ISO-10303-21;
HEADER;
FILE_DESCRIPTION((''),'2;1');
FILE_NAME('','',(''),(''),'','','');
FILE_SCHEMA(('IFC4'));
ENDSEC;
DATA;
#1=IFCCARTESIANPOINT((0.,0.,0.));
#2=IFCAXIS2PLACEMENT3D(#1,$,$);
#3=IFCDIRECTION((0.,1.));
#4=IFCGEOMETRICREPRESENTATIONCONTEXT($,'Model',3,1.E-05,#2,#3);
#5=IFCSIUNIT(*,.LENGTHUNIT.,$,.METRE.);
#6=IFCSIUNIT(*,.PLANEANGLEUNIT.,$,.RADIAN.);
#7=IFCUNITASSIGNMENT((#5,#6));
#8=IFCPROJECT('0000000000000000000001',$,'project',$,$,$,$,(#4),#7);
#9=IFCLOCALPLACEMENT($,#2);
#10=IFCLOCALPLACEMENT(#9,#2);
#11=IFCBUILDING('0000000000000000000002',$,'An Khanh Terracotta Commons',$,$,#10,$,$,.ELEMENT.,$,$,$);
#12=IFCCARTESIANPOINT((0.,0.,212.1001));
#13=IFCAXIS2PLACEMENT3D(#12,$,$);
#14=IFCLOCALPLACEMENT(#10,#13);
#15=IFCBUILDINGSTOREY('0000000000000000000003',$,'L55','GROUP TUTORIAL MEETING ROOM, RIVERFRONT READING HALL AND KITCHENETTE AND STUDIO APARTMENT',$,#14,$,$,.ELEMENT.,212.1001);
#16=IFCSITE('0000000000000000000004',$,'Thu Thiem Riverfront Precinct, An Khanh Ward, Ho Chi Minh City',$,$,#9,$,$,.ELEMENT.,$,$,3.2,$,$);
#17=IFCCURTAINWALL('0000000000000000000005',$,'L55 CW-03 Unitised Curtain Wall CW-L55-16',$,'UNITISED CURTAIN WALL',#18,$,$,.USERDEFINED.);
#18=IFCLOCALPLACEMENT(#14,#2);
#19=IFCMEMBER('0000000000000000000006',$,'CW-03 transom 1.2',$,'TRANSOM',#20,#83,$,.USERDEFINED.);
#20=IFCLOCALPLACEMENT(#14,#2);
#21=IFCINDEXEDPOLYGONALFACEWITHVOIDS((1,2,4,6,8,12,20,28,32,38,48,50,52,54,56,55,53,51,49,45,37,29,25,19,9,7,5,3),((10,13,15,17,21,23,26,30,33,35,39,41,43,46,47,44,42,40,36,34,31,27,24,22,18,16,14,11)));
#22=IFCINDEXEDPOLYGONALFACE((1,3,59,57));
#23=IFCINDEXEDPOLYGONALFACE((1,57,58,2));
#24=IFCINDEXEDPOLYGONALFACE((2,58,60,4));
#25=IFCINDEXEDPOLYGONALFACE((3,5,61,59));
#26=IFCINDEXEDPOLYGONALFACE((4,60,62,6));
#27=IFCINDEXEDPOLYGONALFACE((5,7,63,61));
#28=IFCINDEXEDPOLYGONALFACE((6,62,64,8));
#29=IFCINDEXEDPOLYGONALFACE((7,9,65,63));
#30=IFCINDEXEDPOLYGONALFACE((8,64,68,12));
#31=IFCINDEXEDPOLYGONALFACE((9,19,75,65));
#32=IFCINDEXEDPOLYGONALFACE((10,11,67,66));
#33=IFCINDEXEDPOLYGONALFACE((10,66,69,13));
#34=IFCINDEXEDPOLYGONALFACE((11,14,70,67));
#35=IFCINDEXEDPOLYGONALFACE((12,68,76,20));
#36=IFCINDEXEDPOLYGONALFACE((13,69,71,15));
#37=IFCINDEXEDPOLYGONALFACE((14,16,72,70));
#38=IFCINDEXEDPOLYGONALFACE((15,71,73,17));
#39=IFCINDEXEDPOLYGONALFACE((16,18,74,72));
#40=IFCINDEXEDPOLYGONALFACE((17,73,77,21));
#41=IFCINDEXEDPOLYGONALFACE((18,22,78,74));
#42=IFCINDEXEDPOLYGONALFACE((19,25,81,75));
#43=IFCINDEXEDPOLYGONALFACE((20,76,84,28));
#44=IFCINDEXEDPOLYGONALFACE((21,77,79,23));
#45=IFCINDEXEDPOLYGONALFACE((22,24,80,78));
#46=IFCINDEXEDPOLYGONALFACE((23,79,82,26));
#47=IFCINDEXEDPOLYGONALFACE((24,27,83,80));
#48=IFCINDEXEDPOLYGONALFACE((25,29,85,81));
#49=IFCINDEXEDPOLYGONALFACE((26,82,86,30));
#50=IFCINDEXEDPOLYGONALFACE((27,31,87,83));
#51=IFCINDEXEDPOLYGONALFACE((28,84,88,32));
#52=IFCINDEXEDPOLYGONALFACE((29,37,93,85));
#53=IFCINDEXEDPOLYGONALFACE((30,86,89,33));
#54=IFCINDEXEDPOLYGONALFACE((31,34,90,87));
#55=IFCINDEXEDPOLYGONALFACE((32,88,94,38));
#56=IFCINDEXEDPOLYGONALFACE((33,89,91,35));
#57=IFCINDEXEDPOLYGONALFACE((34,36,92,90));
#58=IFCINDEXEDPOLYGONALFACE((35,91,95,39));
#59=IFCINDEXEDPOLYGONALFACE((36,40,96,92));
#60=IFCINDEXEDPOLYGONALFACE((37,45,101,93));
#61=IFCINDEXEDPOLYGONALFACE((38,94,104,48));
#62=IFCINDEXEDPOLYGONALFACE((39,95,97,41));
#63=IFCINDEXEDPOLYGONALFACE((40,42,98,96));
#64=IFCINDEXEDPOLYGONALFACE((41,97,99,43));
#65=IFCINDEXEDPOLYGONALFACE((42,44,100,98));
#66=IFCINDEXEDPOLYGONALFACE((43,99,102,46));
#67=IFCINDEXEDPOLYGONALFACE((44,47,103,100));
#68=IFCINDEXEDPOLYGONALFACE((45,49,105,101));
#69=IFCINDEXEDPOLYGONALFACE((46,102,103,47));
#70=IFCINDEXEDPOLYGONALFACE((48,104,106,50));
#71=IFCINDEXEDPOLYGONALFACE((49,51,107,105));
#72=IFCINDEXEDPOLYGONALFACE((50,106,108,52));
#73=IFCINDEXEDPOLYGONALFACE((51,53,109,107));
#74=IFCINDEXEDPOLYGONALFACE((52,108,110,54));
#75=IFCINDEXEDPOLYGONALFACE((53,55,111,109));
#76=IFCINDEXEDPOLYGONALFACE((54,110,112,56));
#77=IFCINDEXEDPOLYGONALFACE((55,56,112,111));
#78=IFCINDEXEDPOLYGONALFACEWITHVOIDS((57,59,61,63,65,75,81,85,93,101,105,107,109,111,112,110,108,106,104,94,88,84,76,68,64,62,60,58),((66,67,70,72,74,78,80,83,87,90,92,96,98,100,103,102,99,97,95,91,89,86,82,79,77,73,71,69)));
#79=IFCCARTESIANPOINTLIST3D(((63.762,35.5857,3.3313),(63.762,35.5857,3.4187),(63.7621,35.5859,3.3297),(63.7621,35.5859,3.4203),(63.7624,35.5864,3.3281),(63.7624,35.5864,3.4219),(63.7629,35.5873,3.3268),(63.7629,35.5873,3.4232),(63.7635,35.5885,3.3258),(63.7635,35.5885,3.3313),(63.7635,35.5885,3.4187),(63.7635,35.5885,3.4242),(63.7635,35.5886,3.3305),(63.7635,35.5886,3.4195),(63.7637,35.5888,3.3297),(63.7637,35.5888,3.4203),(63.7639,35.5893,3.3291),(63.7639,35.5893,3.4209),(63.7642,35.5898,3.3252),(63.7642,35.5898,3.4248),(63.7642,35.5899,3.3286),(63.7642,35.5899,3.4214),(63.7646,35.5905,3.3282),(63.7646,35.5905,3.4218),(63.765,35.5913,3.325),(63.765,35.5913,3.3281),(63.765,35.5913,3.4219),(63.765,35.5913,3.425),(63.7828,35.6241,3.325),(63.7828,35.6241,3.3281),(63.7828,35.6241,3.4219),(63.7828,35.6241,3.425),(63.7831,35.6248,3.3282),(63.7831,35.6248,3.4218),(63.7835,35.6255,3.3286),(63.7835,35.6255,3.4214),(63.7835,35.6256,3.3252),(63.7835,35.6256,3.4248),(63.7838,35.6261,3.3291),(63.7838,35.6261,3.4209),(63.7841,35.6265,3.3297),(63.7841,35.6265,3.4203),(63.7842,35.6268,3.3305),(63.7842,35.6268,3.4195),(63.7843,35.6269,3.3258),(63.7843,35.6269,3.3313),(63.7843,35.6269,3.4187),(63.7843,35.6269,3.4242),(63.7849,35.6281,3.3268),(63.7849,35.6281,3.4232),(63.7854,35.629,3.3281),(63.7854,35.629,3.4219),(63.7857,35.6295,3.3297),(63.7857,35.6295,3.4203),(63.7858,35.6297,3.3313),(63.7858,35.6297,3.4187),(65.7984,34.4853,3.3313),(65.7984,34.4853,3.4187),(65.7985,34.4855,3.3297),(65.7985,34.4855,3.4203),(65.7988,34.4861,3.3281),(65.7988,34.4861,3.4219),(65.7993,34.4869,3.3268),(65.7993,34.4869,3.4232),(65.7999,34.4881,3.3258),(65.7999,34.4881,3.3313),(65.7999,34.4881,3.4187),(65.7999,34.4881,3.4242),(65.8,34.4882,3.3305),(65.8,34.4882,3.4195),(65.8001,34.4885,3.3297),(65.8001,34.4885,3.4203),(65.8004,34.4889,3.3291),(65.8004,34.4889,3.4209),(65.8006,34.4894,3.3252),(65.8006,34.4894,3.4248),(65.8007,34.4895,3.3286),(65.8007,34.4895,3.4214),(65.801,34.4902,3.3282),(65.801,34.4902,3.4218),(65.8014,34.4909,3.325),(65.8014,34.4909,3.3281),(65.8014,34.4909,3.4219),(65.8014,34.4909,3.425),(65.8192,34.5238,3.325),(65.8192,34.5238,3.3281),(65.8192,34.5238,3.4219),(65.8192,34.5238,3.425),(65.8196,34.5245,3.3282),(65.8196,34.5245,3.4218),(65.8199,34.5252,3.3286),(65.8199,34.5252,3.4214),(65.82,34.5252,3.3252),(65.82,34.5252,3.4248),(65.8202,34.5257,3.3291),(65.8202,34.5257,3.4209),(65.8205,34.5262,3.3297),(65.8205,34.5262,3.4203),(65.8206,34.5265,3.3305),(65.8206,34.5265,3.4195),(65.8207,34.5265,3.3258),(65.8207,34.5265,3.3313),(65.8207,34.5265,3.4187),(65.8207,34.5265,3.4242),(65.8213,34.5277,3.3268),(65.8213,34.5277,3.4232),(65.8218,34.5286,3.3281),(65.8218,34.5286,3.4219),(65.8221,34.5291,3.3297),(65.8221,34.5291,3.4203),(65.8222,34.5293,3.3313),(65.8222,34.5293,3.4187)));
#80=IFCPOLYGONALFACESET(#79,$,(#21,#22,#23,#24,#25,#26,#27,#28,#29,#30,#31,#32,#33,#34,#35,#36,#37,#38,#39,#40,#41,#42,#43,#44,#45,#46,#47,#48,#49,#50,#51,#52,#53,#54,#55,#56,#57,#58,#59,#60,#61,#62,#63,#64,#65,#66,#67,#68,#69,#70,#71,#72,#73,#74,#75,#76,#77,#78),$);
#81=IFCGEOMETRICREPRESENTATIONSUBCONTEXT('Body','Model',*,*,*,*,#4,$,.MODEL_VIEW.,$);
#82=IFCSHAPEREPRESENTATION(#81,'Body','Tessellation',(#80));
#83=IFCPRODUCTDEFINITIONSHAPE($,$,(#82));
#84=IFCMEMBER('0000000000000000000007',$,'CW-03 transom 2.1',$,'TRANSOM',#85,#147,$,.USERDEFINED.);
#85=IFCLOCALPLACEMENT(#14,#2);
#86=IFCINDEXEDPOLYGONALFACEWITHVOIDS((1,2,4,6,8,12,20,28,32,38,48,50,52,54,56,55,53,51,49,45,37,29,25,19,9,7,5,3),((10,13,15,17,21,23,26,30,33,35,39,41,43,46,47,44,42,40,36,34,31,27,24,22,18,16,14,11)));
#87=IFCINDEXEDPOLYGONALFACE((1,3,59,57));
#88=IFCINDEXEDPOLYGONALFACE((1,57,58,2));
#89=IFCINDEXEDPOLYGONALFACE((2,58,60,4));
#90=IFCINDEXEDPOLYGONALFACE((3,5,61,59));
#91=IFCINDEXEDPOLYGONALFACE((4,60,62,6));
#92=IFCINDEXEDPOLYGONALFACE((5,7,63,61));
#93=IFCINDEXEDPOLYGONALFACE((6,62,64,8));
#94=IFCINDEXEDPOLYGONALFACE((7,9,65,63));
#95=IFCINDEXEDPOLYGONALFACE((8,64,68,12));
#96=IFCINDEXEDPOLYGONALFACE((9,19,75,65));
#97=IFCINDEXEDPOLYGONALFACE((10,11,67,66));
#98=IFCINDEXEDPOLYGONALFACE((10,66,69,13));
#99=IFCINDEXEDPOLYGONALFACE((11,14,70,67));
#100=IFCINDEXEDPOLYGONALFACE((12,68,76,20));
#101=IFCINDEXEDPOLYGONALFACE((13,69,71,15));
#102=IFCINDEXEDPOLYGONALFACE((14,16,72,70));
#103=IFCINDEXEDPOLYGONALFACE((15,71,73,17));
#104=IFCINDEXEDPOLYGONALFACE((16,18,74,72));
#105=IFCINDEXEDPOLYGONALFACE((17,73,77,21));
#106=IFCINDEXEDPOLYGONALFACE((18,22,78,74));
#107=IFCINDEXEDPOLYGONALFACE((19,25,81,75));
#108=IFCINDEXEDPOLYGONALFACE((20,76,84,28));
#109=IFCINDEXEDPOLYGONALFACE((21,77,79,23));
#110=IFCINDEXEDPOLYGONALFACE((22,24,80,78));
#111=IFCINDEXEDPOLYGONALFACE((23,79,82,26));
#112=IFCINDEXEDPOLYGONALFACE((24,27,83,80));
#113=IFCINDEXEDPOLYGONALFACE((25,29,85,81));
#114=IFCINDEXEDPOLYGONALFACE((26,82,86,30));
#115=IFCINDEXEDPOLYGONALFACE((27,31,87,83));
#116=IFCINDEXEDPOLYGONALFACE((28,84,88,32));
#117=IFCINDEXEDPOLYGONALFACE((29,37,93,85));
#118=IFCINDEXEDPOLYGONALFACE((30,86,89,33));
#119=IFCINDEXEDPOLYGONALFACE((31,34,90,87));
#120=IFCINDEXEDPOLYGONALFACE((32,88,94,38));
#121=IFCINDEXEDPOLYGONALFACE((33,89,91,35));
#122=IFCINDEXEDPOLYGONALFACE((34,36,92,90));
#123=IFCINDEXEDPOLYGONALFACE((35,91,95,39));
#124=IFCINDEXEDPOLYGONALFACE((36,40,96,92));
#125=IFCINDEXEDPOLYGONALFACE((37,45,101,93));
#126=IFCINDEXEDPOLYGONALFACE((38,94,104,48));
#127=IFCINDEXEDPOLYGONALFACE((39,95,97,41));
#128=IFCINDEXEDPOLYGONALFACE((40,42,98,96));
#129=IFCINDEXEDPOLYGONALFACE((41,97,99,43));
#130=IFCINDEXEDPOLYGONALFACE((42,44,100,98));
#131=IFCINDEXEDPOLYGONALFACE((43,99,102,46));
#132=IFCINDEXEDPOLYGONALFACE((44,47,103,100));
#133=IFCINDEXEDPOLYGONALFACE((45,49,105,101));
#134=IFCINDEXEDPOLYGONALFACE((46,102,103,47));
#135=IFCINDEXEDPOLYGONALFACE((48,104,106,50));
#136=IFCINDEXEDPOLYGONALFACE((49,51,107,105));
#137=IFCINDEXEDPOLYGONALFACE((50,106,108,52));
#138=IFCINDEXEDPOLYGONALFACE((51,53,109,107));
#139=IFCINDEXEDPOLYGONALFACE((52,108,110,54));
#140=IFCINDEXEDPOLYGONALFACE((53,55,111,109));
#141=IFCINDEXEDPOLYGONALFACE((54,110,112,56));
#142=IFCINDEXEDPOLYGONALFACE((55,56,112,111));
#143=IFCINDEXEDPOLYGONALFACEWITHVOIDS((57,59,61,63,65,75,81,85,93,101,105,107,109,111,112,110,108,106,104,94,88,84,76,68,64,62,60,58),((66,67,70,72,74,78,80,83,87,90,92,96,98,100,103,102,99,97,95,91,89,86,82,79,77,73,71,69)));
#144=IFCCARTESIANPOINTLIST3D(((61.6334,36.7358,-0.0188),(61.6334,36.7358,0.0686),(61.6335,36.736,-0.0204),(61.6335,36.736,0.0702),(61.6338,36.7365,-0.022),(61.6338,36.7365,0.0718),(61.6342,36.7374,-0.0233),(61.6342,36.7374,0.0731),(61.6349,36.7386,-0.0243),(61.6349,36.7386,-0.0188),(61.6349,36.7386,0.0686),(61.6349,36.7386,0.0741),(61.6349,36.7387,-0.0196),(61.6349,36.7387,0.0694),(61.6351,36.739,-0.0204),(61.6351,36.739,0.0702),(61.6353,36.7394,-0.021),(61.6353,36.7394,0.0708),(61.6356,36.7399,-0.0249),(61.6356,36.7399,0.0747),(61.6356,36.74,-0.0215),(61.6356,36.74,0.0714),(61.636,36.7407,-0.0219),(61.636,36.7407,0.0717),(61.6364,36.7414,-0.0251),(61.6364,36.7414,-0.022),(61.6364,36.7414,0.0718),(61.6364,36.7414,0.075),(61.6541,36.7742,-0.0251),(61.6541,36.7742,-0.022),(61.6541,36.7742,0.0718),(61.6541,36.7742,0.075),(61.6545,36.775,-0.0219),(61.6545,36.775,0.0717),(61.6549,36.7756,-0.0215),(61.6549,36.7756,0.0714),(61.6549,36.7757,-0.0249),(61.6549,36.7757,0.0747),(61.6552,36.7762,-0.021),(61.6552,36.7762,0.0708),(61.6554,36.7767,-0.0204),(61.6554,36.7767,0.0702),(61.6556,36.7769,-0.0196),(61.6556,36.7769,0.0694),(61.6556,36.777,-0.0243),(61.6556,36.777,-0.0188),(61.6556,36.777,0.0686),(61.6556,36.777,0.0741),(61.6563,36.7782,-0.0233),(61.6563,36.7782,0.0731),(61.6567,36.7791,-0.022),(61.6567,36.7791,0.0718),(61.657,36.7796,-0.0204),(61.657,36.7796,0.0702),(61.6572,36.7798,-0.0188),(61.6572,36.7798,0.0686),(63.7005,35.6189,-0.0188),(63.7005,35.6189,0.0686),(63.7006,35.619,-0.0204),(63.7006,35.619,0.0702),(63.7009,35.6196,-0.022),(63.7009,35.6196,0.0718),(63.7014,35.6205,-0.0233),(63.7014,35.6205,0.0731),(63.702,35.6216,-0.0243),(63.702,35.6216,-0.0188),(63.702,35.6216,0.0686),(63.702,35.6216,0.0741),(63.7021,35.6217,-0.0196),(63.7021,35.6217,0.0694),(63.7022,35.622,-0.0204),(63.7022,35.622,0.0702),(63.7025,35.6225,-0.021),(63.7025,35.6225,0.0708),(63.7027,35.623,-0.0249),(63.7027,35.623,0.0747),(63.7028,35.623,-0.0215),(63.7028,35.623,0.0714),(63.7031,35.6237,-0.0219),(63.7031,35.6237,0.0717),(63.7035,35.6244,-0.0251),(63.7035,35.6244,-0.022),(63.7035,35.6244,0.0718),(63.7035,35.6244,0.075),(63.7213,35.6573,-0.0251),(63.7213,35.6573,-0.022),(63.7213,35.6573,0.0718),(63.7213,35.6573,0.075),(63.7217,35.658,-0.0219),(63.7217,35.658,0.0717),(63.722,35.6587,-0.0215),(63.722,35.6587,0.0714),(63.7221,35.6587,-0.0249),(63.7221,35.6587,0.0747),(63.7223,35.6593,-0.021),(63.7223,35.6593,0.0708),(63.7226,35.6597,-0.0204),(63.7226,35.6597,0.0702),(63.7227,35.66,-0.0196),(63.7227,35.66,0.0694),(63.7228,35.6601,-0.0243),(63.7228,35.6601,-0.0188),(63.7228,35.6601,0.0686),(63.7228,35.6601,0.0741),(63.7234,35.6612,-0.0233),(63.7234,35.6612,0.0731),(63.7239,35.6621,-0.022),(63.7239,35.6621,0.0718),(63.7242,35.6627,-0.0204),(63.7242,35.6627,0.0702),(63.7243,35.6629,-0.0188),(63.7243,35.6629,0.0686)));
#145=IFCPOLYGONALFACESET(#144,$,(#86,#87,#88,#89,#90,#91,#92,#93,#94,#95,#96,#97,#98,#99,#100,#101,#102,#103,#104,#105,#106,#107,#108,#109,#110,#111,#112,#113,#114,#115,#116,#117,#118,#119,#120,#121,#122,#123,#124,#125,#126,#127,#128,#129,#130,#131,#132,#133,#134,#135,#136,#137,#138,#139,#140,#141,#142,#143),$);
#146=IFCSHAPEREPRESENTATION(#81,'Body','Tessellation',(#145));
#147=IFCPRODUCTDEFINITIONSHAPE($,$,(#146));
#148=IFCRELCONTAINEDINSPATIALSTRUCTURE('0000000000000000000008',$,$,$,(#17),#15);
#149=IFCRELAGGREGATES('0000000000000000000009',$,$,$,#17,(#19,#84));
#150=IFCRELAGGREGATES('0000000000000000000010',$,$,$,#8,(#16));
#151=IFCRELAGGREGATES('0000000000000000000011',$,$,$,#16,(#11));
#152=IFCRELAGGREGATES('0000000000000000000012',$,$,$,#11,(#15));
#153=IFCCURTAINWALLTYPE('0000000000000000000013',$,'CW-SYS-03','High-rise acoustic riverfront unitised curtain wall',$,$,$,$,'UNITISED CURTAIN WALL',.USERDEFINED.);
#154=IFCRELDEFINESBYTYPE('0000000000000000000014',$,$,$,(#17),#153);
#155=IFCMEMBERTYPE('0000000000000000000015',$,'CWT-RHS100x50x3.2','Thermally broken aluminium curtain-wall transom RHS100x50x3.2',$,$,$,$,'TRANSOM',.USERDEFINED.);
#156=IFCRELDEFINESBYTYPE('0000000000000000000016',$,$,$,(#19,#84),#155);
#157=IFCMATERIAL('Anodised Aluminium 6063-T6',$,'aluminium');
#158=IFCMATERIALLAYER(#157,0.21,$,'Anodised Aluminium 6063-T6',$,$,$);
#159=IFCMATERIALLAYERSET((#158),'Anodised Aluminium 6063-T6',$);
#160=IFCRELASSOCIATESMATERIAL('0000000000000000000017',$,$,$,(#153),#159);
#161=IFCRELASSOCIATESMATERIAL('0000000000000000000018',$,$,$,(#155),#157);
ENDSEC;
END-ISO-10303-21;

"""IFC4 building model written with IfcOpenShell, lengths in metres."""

from ifc_helpers import new_model, si_unit, direction, frame, origin, origin_2d, place, context, subcontext, project, spatial, hollow_rectangle, extrude, material, layer, layer_set, material_profile, profile_set, type_object, element, aggregate, save


model = new_model("IFC4")

# Units and contexts
model_context = context("Model", 3, precision=1e-05, world=origin(), true_north=direction((0.0, 1.0)))
body_context = subcontext(model_context, "Body", "Model", "MODEL_VIEW")
ifc_project = project(units=[si_unit("LENGTHUNIT", "METRE"), si_unit("PLANEANGLEUNIT", "RADIAN")], contexts=[model_context])

# Site, building, storey
site_placement = place(None, origin())
site = spatial("IfcSite", under=ifc_project, at=site_placement, Name="Thu Thiem Riverfront Precinct, An Khanh Ward, Ho Chi Minh City", CompositionType="ELEMENT", RefElevation=3.2)
building_placement = place(site_placement, origin())
building = spatial("IfcBuilding", under=site, at=building_placement, Name="An Khanh Terracotta Commons", CompositionType="ELEMENT")
storey_placement = place(building_placement, frame((0.0, 0.0, 212.1001)))
storey = spatial("IfcBuildingStorey", under=building, at=storey_placement, Name="L55", Description="GROUP TUTORIAL MEETING ROOM, RIVERFRONT READING HALL AND KITCHENETTE AND STUDIO APARTMENT", CompositionType="ELEMENT", Elevation=212.1001)

# Curtain wall
ifc_material_1 = material(Name="Anodised Aluminium 6063-T6", Category="aluminium")
ifc_layer_1 = layer(ifc_material_1, 0.21, Name="Anodised Aluminium 6063-T6")
ifc_layer_set_1 = layer_set([ifc_layer_1], Name="Anodised Aluminium 6063-T6")
curtain_wall_type = type_object("IfcCurtainWallType", Name="CW-SYS-03", Description="High-rise acoustic riverfront unitised curtain wall", ElementType="UNITISED CURTAIN WALL", PredefinedType="USERDEFINED", material=ifc_layer_set_1)
curtain_wall_1_placement = place(storey_placement, origin())
curtain_wall_1 = element("IfcCurtainWall", 1, at=curtain_wall_1_placement, inside=storey, type_object=curtain_wall_type, Name="L55 CW-03 Unitised Curtain Wall CW-L55-16", ObjectType="UNITISED CURTAIN WALL", PredefinedType="USERDEFINED")

# Members
ifc_material_profile_1 = material_profile(ifc_material_1, hollow_rectangle(XDim=0.05, YDim=0.1001, WallThickness=0.0032, InnerFilletRadius=0.0032, OuterFilletRadius=0.0063, at=origin_2d()), Name="RHS100x50x3.2")
ifc_profile_set_1 = profile_set([ifc_material_profile_1], Name="Anodised Aluminium 6063-T6")
member_type_1 = type_object("IfcMemberType", Name="CWT-RHS100x50x3.2", Description="Thermally broken aluminium curtain-wall transom RHS100x50x3.2", ElementType="TRANSOM", PredefinedType="USERDEFINED", material=ifc_profile_set_1)
member_1_placement = place(storey_placement, frame((65.8103, 34.5073, 3.375), z_axis=(-0.879779, 0.475382, 0.0), x_axis=(-0.475382, -0.879779, 0.0)))
member_1 = element("IfcMember", 2, at=member_1_placement, type_object=member_type_1, Name="CW-03 transom 1.2", ObjectType="TRANSOM", PredefinedType="USERDEFINED", context=body_context, shape_type="SweptSolid", body=[
    extrude(hollow_rectangle(XDim=0.05, YDim=0.1001, WallThickness=0.0032, InnerFilletRadius=0.0032, OuterFilletRadius=0.0063, at=origin_2d()), origin(), (0.0, 0.0, 1.0), 2.3147),
])
member_2_placement = place(storey_placement, frame((63.7124, 35.6409, 0.0249), z_axis=(-0.879783, 0.475376, 0.0), x_axis=(-0.475376, -0.879783, 0.0)))
member_2 = element("IfcMember", 3, at=member_2_placement, type_object=member_type_1, Name="CW-03 transom 2.1", ObjectType="TRANSOM", PredefinedType="USERDEFINED", context=body_context, shape_type="SweptSolid", body=[
    extrude(hollow_rectangle(XDim=0.05, YDim=0.1001, WallThickness=0.0032, InnerFilletRadius=0.0032, OuterFilletRadius=0.0063, at=origin_2d()), origin(), (0.0, 0.0, 1.0), 2.3496),
])

aggregate(curtain_wall_1, [member_1, member_2])

save(model, "model.ifc")
